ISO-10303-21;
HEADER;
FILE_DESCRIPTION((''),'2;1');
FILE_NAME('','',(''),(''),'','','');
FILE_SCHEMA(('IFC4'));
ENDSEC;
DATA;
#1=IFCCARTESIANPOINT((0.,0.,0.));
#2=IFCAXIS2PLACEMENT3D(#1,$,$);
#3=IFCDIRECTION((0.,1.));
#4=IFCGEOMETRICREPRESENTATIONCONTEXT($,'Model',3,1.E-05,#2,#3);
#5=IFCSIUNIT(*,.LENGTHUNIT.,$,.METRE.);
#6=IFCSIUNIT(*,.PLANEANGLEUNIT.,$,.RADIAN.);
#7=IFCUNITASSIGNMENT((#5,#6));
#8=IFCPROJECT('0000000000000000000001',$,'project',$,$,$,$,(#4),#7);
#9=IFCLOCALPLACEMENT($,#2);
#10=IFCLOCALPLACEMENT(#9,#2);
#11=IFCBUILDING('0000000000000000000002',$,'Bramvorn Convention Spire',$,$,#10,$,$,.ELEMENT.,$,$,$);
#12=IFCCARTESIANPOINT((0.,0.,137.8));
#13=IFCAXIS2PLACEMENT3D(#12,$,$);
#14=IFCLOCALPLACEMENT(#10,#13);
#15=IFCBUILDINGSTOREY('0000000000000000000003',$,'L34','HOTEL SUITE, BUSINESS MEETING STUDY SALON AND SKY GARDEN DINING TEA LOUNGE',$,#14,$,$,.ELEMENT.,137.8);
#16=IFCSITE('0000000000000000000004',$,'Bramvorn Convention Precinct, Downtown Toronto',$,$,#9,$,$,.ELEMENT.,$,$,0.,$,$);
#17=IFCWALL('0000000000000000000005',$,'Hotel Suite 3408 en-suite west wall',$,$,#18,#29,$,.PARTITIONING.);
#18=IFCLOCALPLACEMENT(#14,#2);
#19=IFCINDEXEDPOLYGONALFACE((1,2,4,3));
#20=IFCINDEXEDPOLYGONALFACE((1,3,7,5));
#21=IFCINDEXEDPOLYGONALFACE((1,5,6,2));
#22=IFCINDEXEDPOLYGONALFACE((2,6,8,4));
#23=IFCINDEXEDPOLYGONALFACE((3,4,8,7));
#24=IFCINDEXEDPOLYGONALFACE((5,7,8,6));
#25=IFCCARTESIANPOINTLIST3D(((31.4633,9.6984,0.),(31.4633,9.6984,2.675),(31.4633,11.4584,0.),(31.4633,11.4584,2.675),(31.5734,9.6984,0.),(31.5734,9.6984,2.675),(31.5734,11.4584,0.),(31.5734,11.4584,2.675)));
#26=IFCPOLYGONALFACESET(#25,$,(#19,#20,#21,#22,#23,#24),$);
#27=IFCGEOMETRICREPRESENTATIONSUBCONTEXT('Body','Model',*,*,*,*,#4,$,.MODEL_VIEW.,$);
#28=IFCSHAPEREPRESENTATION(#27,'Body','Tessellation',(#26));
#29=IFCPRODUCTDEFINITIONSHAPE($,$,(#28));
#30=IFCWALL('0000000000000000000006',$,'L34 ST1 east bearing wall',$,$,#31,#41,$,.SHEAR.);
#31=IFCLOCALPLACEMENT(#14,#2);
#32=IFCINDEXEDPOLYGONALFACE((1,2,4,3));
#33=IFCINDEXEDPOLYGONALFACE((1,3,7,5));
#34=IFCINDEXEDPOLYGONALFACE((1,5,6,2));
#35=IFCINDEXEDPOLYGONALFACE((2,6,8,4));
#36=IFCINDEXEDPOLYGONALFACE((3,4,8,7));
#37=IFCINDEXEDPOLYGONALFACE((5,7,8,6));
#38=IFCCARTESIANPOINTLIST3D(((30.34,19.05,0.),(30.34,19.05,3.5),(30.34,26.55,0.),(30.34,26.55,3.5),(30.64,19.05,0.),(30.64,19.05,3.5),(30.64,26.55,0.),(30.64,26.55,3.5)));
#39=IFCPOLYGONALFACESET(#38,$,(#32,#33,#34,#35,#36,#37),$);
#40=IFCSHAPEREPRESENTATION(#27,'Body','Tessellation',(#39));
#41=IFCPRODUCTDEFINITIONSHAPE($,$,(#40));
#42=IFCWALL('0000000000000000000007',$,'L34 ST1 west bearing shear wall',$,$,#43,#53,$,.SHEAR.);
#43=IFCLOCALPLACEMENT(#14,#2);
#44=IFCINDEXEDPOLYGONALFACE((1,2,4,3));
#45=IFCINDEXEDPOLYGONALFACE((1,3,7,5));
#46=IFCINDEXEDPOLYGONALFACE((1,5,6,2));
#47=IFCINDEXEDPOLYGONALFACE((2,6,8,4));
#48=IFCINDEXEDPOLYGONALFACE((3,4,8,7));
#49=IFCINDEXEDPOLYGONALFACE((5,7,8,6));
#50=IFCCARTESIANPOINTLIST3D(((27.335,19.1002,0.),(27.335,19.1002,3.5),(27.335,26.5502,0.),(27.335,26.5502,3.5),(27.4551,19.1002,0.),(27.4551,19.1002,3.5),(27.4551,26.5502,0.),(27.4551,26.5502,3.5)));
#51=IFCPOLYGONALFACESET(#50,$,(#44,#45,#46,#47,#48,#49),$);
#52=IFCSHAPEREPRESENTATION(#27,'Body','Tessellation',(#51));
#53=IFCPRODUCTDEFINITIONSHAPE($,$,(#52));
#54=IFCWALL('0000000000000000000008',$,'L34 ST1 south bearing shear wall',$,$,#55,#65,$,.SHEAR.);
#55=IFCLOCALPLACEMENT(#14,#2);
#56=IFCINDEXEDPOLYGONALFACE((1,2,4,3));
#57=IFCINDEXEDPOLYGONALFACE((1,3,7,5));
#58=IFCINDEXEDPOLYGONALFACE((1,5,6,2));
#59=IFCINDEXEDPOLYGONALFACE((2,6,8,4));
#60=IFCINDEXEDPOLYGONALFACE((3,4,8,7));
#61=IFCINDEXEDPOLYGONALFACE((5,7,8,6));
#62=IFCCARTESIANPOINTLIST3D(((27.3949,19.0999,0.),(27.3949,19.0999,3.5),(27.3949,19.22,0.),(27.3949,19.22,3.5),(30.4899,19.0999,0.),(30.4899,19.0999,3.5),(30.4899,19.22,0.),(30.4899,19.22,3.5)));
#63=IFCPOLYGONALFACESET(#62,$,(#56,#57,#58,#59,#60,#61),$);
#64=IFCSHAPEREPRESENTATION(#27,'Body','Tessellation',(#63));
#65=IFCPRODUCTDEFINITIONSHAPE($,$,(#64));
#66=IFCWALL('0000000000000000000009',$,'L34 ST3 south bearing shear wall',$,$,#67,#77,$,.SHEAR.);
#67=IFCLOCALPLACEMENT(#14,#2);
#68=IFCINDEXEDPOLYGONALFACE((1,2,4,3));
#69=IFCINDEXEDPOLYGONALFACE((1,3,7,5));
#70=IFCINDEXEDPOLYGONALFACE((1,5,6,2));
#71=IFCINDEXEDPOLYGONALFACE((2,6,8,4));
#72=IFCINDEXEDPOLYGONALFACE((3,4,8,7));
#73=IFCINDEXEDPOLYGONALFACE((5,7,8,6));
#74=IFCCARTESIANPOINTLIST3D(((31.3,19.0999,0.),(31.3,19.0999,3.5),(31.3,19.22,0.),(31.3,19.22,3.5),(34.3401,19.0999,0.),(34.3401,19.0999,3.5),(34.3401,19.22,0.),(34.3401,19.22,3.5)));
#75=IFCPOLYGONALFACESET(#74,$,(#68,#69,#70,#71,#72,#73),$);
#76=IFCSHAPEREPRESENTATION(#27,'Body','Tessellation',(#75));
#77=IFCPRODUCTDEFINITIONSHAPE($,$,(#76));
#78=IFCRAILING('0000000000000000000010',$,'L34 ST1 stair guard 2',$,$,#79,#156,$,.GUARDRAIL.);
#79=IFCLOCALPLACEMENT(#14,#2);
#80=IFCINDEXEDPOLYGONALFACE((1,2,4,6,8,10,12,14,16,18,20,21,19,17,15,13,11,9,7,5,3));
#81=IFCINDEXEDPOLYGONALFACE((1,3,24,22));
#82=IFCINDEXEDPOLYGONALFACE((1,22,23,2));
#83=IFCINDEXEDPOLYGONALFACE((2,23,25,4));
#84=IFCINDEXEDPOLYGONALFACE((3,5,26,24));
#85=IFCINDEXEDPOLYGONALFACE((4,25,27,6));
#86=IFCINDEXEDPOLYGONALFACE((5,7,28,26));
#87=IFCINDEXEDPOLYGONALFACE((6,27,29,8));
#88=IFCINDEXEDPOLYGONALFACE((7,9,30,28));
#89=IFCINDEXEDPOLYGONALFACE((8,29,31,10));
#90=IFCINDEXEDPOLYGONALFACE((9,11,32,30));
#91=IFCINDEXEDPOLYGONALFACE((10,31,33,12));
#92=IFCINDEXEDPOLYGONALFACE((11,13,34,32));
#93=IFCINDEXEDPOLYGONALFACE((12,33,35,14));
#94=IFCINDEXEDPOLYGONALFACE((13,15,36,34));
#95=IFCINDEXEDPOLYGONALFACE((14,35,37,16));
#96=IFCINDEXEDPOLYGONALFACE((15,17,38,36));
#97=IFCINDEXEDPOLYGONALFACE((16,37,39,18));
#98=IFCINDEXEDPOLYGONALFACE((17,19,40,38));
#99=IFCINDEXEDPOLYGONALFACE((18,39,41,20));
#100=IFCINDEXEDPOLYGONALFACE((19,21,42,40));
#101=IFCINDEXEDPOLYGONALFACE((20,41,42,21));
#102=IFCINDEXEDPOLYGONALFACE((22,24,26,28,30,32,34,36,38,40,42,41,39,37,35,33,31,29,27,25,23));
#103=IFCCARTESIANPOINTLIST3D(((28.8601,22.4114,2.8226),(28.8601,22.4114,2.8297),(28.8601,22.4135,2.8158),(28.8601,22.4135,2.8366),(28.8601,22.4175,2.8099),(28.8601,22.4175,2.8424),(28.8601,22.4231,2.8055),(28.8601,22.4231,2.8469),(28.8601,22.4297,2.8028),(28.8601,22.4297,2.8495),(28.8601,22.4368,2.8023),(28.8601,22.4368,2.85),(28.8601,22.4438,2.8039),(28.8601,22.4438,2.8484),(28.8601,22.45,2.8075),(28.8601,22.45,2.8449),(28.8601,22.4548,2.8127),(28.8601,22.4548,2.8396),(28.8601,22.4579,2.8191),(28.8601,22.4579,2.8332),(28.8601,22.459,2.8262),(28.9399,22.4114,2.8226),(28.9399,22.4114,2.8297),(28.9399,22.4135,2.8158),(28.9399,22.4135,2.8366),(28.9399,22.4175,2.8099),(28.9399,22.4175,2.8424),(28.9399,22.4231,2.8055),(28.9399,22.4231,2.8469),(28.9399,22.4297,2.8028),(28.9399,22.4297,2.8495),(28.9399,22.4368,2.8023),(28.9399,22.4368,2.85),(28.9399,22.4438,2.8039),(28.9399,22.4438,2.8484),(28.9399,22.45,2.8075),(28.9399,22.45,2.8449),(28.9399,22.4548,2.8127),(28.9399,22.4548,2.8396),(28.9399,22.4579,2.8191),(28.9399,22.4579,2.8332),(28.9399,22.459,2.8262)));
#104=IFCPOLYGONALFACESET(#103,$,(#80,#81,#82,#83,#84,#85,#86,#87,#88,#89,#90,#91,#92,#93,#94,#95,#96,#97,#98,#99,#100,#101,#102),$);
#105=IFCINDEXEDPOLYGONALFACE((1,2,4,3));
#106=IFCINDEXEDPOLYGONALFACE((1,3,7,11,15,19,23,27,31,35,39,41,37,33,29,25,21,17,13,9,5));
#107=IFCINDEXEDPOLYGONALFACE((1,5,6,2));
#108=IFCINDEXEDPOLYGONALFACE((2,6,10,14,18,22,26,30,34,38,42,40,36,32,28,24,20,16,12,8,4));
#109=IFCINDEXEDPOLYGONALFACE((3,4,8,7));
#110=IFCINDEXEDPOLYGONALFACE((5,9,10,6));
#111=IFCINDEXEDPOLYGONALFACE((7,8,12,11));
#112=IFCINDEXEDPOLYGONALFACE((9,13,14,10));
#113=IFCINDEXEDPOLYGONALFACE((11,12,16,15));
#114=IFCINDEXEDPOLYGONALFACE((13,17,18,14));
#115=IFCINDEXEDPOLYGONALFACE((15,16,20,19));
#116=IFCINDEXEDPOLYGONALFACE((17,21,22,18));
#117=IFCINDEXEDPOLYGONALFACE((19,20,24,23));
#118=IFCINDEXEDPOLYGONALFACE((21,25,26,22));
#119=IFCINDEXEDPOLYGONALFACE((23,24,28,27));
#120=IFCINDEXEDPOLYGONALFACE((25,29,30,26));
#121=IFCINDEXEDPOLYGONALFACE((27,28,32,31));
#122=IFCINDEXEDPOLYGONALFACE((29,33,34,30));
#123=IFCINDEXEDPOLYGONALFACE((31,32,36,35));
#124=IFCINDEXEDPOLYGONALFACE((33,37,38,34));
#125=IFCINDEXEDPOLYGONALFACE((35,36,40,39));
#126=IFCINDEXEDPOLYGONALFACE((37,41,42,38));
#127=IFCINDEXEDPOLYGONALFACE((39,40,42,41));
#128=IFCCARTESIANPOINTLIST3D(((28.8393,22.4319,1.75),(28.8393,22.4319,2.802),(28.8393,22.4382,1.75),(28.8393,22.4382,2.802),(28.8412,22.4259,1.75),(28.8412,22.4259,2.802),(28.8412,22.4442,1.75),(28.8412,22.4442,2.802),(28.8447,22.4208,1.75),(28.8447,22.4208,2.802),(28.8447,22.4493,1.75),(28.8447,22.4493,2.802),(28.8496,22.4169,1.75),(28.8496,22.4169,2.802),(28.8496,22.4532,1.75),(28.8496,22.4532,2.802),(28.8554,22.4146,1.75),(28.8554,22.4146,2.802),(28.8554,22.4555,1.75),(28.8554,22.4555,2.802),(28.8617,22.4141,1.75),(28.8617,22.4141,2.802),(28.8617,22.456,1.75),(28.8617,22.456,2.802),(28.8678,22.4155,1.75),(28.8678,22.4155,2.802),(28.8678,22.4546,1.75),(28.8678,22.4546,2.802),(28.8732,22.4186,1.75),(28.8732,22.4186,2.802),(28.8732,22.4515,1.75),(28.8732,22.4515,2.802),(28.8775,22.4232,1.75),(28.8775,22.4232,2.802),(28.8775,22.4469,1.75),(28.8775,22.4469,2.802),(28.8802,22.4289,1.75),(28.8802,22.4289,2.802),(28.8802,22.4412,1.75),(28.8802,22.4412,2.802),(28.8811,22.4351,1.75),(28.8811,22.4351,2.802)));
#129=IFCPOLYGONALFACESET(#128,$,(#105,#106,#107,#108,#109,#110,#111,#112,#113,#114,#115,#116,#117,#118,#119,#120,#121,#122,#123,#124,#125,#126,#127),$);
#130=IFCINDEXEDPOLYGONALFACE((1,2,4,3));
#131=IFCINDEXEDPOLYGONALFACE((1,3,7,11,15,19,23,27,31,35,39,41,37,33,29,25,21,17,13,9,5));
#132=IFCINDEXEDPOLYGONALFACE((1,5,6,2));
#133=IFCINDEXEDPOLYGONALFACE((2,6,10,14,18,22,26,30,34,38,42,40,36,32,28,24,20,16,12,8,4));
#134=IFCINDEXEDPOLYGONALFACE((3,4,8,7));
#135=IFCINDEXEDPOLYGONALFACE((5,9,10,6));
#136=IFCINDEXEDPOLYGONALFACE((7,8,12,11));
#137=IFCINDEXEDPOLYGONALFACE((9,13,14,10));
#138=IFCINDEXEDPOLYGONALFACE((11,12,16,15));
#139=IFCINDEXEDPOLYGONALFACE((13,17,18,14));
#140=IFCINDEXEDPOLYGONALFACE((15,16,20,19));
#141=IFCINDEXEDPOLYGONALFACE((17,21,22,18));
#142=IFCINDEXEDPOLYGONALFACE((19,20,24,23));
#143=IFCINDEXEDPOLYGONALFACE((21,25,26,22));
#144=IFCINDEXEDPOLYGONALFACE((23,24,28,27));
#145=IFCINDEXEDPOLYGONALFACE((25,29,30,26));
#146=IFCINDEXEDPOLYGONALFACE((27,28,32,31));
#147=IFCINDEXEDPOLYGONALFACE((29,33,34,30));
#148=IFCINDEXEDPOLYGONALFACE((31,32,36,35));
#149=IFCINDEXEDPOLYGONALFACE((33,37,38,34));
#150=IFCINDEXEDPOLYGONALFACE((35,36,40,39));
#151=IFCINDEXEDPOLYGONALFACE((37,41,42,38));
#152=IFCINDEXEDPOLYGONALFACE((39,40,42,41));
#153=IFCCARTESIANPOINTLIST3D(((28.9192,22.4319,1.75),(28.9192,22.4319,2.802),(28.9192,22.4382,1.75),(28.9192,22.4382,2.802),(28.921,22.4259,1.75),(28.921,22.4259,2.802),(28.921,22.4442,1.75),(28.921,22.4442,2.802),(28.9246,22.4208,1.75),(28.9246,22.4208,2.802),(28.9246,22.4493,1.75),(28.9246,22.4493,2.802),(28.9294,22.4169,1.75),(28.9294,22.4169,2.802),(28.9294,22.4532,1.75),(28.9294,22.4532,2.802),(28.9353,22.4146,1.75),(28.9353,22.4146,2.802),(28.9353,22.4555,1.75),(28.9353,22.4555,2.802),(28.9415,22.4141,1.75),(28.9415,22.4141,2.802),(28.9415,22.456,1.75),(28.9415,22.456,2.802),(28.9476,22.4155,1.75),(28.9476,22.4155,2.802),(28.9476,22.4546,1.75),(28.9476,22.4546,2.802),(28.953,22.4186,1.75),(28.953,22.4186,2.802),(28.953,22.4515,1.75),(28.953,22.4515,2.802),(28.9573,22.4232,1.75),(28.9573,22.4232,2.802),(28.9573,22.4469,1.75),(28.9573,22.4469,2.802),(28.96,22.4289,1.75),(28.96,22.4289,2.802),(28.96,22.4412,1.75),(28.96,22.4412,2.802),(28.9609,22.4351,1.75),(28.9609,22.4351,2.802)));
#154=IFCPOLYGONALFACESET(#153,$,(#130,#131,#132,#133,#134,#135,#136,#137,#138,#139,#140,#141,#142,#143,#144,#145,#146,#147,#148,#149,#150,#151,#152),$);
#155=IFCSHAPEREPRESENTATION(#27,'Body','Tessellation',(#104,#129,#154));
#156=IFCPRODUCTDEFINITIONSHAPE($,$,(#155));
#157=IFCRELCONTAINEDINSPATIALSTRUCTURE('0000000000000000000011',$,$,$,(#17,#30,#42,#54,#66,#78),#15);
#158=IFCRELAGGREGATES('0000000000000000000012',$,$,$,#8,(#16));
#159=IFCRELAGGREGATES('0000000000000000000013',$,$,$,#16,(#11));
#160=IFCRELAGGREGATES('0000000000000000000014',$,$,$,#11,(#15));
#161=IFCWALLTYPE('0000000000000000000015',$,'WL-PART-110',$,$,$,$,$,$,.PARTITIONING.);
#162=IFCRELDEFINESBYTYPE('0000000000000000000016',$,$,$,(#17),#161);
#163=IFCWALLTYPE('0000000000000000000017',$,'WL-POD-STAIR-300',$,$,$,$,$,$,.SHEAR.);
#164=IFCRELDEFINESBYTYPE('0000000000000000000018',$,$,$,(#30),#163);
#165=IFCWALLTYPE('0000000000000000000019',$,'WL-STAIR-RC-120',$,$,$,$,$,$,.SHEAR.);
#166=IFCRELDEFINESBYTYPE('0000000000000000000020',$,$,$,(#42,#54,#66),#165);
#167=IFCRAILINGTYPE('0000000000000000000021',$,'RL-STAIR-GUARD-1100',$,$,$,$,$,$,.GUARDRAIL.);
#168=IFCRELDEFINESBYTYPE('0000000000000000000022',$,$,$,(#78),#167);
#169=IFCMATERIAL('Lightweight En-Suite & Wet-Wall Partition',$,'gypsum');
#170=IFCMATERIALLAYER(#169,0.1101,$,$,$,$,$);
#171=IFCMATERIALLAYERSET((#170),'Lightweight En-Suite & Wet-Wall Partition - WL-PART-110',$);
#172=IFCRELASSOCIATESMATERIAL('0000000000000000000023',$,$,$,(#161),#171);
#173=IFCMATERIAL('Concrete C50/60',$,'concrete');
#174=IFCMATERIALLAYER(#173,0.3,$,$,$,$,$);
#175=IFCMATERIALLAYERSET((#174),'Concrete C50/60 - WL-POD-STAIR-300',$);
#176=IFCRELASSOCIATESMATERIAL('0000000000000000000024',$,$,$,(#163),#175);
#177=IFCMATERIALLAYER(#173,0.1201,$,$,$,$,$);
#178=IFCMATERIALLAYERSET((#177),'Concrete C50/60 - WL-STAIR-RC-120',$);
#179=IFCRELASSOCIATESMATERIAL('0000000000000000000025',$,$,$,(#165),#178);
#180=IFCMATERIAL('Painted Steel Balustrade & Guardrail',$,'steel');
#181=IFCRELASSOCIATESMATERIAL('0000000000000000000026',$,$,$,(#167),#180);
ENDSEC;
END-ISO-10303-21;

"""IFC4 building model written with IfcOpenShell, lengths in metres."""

from ifc_helpers import new_model, si_unit, direction, frame, frame_2d, origin, origin_2d, place, context, subcontext, project, spatial, rectangle, circle, extrude, material, layer, layer_set, type_object, element, save


model = new_model("IFC4")

# Units and contexts
model_context = context("Model", 3, precision=1e-05, world=origin(), true_north=direction((0.0, 1.0)))
body_context = subcontext(model_context, "Body", "Model", "MODEL_VIEW")
ifc_project = project(units=[si_unit("LENGTHUNIT", "METRE"), si_unit("PLANEANGLEUNIT", "RADIAN")], contexts=[model_context])

# Site, building, storey
site_placement = place(None, origin())
site = spatial("IfcSite", under=ifc_project, at=site_placement, Name="Bramvorn Convention Precinct, Downtown Toronto", CompositionType="ELEMENT", RefElevation=0.0)
building_placement = place(site_placement, origin())
building = spatial("IfcBuilding", under=site, at=building_placement, Name="Bramvorn Convention Spire", CompositionType="ELEMENT")
storey_placement = place(building_placement, frame((0.0, 0.0, 137.8)))
storey = spatial("IfcBuildingStorey", under=building, at=storey_placement, Name="L34", Description="HOTEL SUITE, BUSINESS MEETING STUDY SALON AND SKY GARDEN DINING TEA LOUNGE", CompositionType="ELEMENT", Elevation=137.8)

# Shared definitions
ifc_material_1 = material(Name="Lightweight En-Suite & Wet-Wall Partition", Category="gypsum")
ifc_layer_1 = layer(ifc_material_1, 0.1101)
ifc_layer_set_1 = layer_set([ifc_layer_1], Name="Lightweight En-Suite & Wet-Wall Partition - WL-PART-110")
wall_type_1 = type_object("IfcWallType", Name="WL-PART-110", PredefinedType="PARTITIONING", material=ifc_layer_set_1)

# Walls
wall_1_placement = place(storey_placement, frame((31.5183, 9.6985, 0.0), z_axis=(0.0, 0.0, 1.0), x_axis=(0.0, 1.0, 0.0)))
element("IfcWall", 1, at=wall_1_placement, inside=storey, type_object=wall_type_1, Name="Hotel Suite 3408 en-suite west wall", PredefinedType="PARTITIONING", context=body_context, shape_type="SweptSolid", body=[
    extrude(rectangle(XDim=1.76, YDim=0.1101, at=frame_2d((0.8799, 0.0))), origin(), (0.0, 0.0, 1.0), 2.675),
])
ifc_material_2 = material(Name="Concrete C50/60", Category="concrete")
ifc_layer_2 = layer(ifc_material_2, 0.3)
ifc_layer_set_2 = layer_set([ifc_layer_2], Name="Concrete C50/60 - WL-POD-STAIR-300")
wall_type_2 = type_object("IfcWallType", Name="WL-POD-STAIR-300", PredefinedType="SHEAR", material=ifc_layer_set_2)
wall_2_placement = place(storey_placement, frame((30.49, 19.05, 0.0), z_axis=(0.0, 0.0, 1.0), x_axis=(0.0, 1.0, 0.0)))
element("IfcWall", 2, at=wall_2_placement, inside=storey, type_object=wall_type_2, Name="L34 ST1 east bearing wall", PredefinedType="SHEAR", context=body_context, shape_type="SweptSolid", body=[
    extrude(rectangle(XDim=7.5, YDim=0.3, at=frame_2d((3.75, 0.0))), origin(), (0.0, 0.0, 1.0), 3.5),
])
ifc_layer_3 = layer(ifc_material_2, 0.1201)
ifc_layer_set_3 = layer_set([ifc_layer_3], Name="Concrete C50/60 - WL-STAIR-RC-120")
wall_type_3 = type_object("IfcWallType", Name="WL-STAIR-RC-120", PredefinedType="SHEAR", material=ifc_layer_set_3)
wall_3_placement = place(storey_placement, frame((27.395, 19.1001, 0.0), z_axis=(0.0, 0.0, 1.0), x_axis=(0.0, 1.0, 0.0)))
element("IfcWall", 3, at=wall_3_placement, inside=storey, type_object=wall_type_3, Name="L34 ST1 west bearing shear wall", PredefinedType="SHEAR", context=body_context, shape_type="SweptSolid", body=[
    extrude(rectangle(XDim=7.45, YDim=0.1201, at=frame_2d((3.7251, 0.0))), origin(), (0.0, 0.0, 1.0), 3.5),
])
wall_4_placement = place(storey_placement, frame((27.395, 19.1599, 0.0), z_axis=(0.0, 0.0, 1.0), x_axis=(1.0, 0.0, 0.0)))
element("IfcWall", 4, at=wall_4_placement, inside=storey, type_object=wall_type_3, Name="L34 ST1 south bearing shear wall", PredefinedType="SHEAR", context=body_context, shape_type="SweptSolid", body=[
    extrude(rectangle(XDim=3.095, YDim=0.1201, at=frame_2d((1.5474, 0.0))), origin(), (0.0, 0.0, 1.0), 3.5),
])
wall_5_placement = place(storey_placement, frame((31.3, 19.1599, 0.0), z_axis=(0.0, 0.0, 1.0), x_axis=(1.0, 0.0, 0.0)))
element("IfcWall", 5, at=wall_5_placement, inside=storey, type_object=wall_type_3, Name="L34 ST3 south bearing shear wall", PredefinedType="SHEAR", context=body_context, shape_type="SweptSolid", body=[
    extrude(rectangle(XDim=3.04, YDim=0.1201, at=frame_2d((1.52, 0.0))), origin(), (0.0, 0.0, 1.0), 3.5),
])

# Railing
ifc_material_3 = material(Name="Painted Steel Balustrade & Guardrail", Category="steel")
railing_type = type_object("IfcRailingType", Name="RL-STAIR-GUARD-1100", PredefinedType="GUARDRAIL", material=ifc_material_3)
railing_1_placement = place(storey_placement, frame((28.8601, 22.4351, 1.75)))
element("IfcRailing", 6, at=railing_1_placement, inside=storey, type_object=railing_type, Name="L34 ST1 stair guard 2", PredefinedType="GUARDRAIL", context=body_context, shape_type="SweptSolid", body=[
    extrude(circle(Radius=0.0239, at=origin_2d()), frame((0.0, 0.0, 1.0762), z_axis=(1.0, 0.0, 0.0), x_axis=(0.0, 1.0, 0.0)), (0.0, 0.0, 1.0), 0.0798),
    extrude(circle(Radius=0.021, at=origin_2d()), origin(), (0.0, 0.0, 1.0), 1.052),
    extrude(circle(Radius=0.021, at=origin_2d()), frame((0.0798, 0.0, 0.0)), (0.0, 0.0, 1.0), 1.052),
])

save(model, "model.ifc")
